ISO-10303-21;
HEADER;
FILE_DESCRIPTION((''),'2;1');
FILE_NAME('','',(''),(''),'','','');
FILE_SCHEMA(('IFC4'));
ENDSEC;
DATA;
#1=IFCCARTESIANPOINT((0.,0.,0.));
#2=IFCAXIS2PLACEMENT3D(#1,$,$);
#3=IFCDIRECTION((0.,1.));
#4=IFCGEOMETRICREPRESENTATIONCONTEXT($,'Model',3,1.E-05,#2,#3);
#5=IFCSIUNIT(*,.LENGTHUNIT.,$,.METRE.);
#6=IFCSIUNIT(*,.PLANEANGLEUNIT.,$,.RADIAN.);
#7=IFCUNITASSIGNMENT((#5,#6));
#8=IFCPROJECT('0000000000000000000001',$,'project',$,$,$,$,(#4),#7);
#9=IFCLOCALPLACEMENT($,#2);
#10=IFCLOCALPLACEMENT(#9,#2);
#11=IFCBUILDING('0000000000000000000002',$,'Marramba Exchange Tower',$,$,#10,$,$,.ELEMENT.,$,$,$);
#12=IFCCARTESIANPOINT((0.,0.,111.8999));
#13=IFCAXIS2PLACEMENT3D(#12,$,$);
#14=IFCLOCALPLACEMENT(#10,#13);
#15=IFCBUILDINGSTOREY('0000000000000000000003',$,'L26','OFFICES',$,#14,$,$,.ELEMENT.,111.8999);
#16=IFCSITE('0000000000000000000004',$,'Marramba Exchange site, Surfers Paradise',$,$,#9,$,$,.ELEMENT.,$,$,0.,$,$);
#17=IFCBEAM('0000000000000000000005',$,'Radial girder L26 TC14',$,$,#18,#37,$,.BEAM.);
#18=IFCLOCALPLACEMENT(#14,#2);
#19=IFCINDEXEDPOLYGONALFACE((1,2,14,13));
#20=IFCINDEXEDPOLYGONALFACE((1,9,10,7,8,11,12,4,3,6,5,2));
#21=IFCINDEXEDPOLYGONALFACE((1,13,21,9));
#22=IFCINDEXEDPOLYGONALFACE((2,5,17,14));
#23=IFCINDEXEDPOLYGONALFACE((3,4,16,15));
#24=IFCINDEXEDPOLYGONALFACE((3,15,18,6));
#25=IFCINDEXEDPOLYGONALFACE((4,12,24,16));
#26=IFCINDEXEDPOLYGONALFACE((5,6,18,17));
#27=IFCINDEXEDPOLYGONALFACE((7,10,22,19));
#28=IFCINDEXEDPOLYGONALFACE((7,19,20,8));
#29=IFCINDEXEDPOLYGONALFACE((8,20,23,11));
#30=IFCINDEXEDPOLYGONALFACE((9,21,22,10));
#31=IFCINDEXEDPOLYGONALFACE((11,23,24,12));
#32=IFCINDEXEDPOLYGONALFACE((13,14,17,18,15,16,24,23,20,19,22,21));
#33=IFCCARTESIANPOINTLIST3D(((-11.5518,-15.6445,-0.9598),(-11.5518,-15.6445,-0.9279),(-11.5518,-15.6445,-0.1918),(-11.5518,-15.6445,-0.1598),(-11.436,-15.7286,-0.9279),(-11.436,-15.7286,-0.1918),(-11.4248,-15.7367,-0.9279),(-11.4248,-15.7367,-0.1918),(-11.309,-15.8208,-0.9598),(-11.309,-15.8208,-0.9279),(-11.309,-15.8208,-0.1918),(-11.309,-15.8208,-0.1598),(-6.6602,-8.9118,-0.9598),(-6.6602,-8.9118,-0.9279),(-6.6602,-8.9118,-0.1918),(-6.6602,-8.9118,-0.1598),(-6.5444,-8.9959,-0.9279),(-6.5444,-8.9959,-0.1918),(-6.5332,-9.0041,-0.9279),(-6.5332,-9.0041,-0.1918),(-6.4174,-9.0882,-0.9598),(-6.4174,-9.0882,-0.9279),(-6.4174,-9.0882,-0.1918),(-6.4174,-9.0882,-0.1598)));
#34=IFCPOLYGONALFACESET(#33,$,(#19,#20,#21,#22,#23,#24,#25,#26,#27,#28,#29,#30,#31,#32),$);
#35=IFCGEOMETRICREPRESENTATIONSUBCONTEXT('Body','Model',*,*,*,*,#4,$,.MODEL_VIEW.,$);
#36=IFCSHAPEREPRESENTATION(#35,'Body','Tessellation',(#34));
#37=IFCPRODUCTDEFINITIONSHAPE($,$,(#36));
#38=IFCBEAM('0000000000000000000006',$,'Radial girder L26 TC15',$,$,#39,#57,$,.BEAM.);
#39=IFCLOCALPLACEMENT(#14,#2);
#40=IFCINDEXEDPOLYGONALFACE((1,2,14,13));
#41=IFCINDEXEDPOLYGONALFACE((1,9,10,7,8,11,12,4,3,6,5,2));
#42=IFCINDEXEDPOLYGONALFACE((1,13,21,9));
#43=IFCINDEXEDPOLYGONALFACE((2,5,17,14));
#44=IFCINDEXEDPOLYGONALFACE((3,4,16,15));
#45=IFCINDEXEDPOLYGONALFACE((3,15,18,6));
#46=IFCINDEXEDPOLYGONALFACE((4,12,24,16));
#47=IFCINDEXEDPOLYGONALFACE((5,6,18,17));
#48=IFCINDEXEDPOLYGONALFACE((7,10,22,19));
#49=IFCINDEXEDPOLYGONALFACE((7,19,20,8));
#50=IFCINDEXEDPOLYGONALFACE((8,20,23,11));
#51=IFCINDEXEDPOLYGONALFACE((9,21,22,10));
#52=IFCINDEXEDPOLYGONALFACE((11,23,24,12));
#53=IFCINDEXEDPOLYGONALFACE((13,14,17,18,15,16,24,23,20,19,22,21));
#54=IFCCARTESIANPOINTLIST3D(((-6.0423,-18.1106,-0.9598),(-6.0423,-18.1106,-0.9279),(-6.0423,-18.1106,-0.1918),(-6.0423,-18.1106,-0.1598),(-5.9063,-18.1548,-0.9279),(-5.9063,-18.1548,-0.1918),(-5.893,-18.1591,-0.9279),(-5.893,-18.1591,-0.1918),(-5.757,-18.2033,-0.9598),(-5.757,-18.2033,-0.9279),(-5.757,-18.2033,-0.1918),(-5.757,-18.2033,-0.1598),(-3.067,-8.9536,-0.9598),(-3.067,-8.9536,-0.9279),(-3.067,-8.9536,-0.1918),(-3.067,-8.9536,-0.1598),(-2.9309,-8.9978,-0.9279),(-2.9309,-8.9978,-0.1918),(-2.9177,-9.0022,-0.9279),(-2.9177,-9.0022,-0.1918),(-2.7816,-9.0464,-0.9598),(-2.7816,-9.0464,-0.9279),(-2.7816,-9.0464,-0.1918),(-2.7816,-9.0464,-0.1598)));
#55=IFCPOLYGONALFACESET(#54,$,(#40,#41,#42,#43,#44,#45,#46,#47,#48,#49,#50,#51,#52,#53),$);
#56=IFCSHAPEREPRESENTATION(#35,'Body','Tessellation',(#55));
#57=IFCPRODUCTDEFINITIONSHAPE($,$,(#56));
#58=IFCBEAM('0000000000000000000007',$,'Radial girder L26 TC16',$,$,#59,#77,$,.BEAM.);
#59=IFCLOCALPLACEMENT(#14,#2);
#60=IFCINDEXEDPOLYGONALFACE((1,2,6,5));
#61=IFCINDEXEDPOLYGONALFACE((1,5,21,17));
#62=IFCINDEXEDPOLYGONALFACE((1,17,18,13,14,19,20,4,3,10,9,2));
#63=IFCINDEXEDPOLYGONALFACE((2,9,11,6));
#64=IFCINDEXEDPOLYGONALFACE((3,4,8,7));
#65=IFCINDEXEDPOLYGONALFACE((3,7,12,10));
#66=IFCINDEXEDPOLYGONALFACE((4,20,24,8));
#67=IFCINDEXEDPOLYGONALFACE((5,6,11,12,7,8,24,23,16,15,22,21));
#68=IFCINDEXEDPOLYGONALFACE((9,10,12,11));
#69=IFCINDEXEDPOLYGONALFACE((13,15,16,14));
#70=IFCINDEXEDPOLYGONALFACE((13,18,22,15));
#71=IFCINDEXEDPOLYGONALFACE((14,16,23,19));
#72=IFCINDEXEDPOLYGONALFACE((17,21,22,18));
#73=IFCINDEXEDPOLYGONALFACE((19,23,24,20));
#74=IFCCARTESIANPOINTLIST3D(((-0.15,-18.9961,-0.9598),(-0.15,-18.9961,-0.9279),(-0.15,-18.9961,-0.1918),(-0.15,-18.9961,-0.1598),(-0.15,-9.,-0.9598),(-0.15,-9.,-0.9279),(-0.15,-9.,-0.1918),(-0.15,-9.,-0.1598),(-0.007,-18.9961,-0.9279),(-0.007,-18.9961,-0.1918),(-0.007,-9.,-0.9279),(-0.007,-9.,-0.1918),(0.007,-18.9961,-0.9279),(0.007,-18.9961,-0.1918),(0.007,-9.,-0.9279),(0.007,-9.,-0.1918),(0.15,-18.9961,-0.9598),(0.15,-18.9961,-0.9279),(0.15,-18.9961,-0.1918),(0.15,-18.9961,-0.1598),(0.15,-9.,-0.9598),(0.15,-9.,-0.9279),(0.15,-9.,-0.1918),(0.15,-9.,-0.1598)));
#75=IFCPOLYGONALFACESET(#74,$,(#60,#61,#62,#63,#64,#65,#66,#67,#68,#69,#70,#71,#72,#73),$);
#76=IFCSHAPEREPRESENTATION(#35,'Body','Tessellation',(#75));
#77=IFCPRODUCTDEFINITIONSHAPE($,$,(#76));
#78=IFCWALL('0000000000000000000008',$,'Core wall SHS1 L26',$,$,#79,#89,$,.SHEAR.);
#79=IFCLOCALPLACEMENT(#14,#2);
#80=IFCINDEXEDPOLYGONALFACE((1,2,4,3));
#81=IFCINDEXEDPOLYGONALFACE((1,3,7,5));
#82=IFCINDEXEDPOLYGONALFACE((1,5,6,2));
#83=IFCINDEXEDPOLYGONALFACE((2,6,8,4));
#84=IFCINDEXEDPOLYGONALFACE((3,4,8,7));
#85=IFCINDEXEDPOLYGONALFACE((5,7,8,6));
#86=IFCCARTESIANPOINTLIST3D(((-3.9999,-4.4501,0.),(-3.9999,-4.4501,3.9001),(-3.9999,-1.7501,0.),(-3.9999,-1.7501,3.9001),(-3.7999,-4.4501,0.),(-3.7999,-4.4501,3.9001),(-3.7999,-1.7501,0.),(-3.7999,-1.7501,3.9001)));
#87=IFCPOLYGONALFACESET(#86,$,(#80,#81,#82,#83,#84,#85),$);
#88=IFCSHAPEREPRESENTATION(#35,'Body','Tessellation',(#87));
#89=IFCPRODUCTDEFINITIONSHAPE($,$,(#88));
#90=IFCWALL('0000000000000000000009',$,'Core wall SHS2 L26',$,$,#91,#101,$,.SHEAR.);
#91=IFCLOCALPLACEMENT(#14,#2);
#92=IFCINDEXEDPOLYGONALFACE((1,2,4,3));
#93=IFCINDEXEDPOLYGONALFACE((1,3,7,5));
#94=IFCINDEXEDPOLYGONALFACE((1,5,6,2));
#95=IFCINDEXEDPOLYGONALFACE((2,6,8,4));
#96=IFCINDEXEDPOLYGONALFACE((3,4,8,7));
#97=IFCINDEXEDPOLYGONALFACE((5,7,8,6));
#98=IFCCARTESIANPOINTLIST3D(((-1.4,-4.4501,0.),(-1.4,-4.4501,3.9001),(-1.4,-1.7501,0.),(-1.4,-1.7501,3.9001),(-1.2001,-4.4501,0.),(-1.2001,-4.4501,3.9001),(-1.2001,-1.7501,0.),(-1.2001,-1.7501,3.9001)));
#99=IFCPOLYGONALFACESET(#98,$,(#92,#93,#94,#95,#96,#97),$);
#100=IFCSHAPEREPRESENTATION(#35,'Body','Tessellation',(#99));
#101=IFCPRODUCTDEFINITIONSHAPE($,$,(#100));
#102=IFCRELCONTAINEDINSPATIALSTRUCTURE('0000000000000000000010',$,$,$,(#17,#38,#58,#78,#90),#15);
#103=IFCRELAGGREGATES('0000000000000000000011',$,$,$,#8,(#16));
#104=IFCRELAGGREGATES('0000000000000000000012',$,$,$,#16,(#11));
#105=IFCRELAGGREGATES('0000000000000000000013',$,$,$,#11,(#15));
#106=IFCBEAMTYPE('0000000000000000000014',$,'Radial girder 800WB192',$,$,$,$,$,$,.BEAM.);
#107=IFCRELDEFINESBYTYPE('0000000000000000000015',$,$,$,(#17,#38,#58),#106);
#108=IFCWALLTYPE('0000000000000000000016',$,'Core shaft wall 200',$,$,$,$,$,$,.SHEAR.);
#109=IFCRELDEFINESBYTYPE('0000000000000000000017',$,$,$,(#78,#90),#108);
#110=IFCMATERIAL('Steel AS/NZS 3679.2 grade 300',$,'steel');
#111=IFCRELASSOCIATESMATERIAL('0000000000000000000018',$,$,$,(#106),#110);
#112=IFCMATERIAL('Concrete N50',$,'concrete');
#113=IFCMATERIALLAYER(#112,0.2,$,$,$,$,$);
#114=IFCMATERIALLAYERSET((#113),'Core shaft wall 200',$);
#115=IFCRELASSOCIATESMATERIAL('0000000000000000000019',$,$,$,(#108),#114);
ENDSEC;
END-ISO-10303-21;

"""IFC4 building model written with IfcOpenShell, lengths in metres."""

from ifc_helpers import new_model, si_unit, direction, frame, frame_2d, origin, origin_2d, place, context, subcontext, project, spatial, rectangle, i_section, extrude, material, layer, layer_set, material_profile, profile_set, type_object, element, save


model = new_model("IFC4")

# Units and contexts
model_context = context("Model", 3, precision=1e-05, world=origin(), true_north=direction((0.0, 1.0)))
body_context = subcontext(model_context, "Body", "Model", "MODEL_VIEW")
ifc_project = project(units=[si_unit("LENGTHUNIT", "METRE"), si_unit("PLANEANGLEUNIT", "RADIAN")], contexts=[model_context])

# Site, building, storey
site_placement = place(None, origin())
site = spatial("IfcSite", under=ifc_project, at=site_placement, Name="Marramba Exchange site, Surfers Paradise", CompositionType="ELEMENT", RefElevation=0.0)
building_placement = place(site_placement, origin())
building = spatial("IfcBuilding", under=site, at=building_placement, Name="Marramba Exchange Tower", CompositionType="ELEMENT")
storey_placement = place(building_placement, frame((0.0, 0.0, 111.8999)))
storey = spatial("IfcBuildingStorey", under=building, at=storey_placement, Name="L26", Description="OFFICES", CompositionType="ELEMENT", Elevation=111.8999)

# Beams
ifc_material_1 = material(Name="Steel AS/NZS 3679.2 grade 300", Category="steel")
ifc_material_profile = material_profile(ifc_material_1, i_section(OverallWidth=0.3, OverallDepth=0.8, WebThickness=0.0139, FlangeThickness=0.032, at=origin_2d()), Name="800WB192")
ifc_profile_set = profile_set([ifc_material_profile], Name="Steel AS/NZS 3679.2 grade 300")
beam_type = type_object("IfcBeamType", Name="Radial girder 800WB192", PredefinedType="BEAM", material=ifc_profile_set)
beam_1_placement = place(storey_placement, frame((-6.5388, -9.0, -0.5598), z_axis=(-0.587788, -0.809015, 0.0), x_axis=(0.809015, -0.587788, 0.0)))
element("IfcBeam", 1, at=beam_1_placement, inside=storey, type_object=beam_type, Name="Radial girder L26 TC14", PredefinedType="BEAM", context=body_context, shape_type="SweptSolid", body=[
    extrude(i_section(OverallWidth=0.3, OverallDepth=0.8, WebThickness=0.0139, FlangeThickness=0.032, at=origin_2d()), origin(), (0.0, 0.0, 1.0), 8.322),
])
beam_2_placement = place(storey_placement, frame((-2.9243, -9.0, -0.5598), z_axis=(-0.309022, -0.951055, 0.0), x_axis=(0.951055, -0.309022, 0.0)))
element("IfcBeam", 2, at=beam_2_placement, inside=storey, type_object=beam_type, Name="Radial girder L26 TC15", PredefinedType="BEAM", context=body_context, shape_type="SweptSolid", body=[
    extrude(i_section(OverallWidth=0.3, OverallDepth=0.8, WebThickness=0.0139, FlangeThickness=0.032, at=origin_2d()), origin(), (0.0, 0.0, 1.0), 9.6282),
])
beam_3_placement = place(storey_placement, frame((0.0, -9.0, -0.5598), z_axis=(0.0, -1.0, 0.0), x_axis=(1.0, 0.0, 0.0)))
element("IfcBeam", 3, at=beam_3_placement, inside=storey, type_object=beam_type, Name="Radial girder L26 TC16", PredefinedType="BEAM", context=body_context, shape_type="SweptSolid", body=[
    extrude(i_section(OverallWidth=0.3, OverallDepth=0.8, WebThickness=0.0139, FlangeThickness=0.032, at=origin_2d()), origin(), (0.0, 0.0, 1.0), 9.9961),
])

# Walls
ifc_material_2 = material(Name="Concrete N50", Category="concrete")
ifc_layer_1 = layer(ifc_material_2, 0.2)
ifc_layer_set_1 = layer_set([ifc_layer_1], Name="Core shaft wall 200")
wall_type_1 = type_object("IfcWallType", Name="Core shaft wall 200", PredefinedType="SHEAR", material=ifc_layer_set_1)
for number, where, z_axis, x_axis, name in (
    (4, (-3.8999, -1.75, 0.0), (0.0, 0.0, 1.0), (0.0, -1.0, 0.0), "Core wall SHS1 L26"),
    (5, (-1.3, -1.75, 0.0), (0.0, 0.0, 1.0), (0.0, -1.0, 0.0), "Core wall SHS2 L26"),
):
    element("IfcWall", number, at=place(storey_placement, frame(where, z_axis=z_axis, x_axis=x_axis)), inside=storey, type_object=wall_type_1, Name=name, PredefinedType="SHEAR", context=body_context, shape_type="SweptSolid", body=[
        extrude(rectangle(XDim=2.7, YDim=0.2, at=frame_2d((1.3501, 0.0))), origin(), (0.0, 0.0, 1.0), 3.9001),
    ])

save(model, "model.ifc")
